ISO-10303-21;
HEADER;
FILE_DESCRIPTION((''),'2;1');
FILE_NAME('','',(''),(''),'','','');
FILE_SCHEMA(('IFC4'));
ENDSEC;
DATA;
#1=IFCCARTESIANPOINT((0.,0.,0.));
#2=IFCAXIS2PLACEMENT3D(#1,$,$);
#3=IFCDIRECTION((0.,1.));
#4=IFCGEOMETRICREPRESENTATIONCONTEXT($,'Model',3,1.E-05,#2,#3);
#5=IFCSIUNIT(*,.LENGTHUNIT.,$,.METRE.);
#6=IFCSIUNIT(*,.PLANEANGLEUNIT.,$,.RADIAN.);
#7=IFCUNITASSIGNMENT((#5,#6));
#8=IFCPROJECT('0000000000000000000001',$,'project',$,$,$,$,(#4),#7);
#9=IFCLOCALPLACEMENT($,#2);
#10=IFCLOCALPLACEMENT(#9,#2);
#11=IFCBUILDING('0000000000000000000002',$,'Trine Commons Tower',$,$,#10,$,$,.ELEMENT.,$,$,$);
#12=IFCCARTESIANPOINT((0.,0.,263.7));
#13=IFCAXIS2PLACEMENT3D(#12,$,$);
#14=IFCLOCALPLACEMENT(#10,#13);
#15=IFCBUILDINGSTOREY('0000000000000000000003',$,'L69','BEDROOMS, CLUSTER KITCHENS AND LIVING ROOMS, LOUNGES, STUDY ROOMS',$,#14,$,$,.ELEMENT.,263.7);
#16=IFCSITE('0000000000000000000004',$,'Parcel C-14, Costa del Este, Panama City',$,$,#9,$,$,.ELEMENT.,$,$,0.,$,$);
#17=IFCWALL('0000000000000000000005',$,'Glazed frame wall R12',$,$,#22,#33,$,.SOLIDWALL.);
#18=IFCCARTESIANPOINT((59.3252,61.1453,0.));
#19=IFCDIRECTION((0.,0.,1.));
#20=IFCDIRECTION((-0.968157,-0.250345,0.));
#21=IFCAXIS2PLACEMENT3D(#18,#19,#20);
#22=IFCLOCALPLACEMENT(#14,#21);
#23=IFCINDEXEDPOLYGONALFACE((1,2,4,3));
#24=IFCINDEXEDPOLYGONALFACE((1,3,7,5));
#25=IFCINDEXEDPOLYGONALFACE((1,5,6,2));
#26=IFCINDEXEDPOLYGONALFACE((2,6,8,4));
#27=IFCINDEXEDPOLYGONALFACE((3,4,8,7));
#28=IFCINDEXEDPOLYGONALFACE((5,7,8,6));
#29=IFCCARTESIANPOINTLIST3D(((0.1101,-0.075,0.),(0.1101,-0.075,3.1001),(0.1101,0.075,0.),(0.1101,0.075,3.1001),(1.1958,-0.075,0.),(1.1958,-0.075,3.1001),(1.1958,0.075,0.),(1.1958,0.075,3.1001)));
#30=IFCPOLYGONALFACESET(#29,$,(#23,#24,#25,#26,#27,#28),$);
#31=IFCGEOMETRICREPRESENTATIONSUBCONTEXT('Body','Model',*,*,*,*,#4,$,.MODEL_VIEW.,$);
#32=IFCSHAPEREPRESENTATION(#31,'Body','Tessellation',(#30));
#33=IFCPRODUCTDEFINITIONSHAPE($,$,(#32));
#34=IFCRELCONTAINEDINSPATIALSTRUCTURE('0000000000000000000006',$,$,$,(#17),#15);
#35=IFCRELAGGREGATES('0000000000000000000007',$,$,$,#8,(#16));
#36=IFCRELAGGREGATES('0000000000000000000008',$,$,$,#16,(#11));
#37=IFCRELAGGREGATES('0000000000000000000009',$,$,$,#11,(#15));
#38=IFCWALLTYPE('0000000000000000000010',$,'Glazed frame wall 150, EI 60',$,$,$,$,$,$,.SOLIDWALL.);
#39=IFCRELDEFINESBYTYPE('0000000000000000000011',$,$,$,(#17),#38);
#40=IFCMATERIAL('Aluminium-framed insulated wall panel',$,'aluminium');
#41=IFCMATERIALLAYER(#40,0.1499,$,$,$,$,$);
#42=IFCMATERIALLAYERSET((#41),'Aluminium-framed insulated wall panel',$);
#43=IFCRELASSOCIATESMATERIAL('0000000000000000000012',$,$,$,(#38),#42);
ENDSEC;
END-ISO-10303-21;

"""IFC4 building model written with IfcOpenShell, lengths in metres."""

from ifc_helpers import new_model, si_unit, direction, frame, origin, place, context, subcontext, project, spatial, polyline, outline, extrude, material, layer, layer_set, type_object, element, save


model = new_model("IFC4")

# Units and contexts
model_context = context("Model", 3, precision=1e-05, world=origin(), true_north=direction((0.0, 1.0)))
body_context = subcontext(model_context, "Body", "Model", "MODEL_VIEW")
ifc_project = project(units=[si_unit("LENGTHUNIT", "METRE"), si_unit("PLANEANGLEUNIT", "RADIAN")], contexts=[model_context])

# Site, building, storey
site_placement = place(None, origin())
site = spatial("IfcSite", under=ifc_project, at=site_placement, Name="Parcel C-14, Costa del Este, Panama City", CompositionType="ELEMENT", RefElevation=0.0)
building_placement = place(site_placement, origin())
building = spatial("IfcBuilding", under=site, at=building_placement, Name="Trine Commons Tower", CompositionType="ELEMENT")
storey_placement = place(building_placement, frame((0.0, 0.0, 263.7)))
storey = spatial("IfcBuildingStorey", under=building, at=storey_placement, Name="L69", Description="BEDROOMS, CLUSTER KITCHENS AND LIVING ROOMS, LOUNGES, STUDY ROOMS", CompositionType="ELEMENT", Elevation=263.7)

# Shared definitions
ifc_material_1 = material(Name="Aluminium-framed insulated wall panel", Category="aluminium")
ifc_layer_1 = layer(ifc_material_1, 0.1499)
ifc_layer_set_1 = layer_set([ifc_layer_1], Name="Aluminium-framed insulated wall panel")
wall_type_1 = type_object("IfcWallType", Name="Glazed frame wall 150, EI 60", PredefinedType="SOLIDWALL", material=ifc_layer_set_1)

# Wall
wall_1_placement = place(storey_placement, frame((59.3252, 61.1453, 0.0), z_axis=(0.0, 0.0, 1.0), x_axis=(-0.968157, -0.250345, 0.0)))
element("IfcWall", 1, at=wall_1_placement, inside=storey, type_object=wall_type_1, Name="Glazed frame wall R12", PredefinedType="SOLIDWALL", context=body_context, shape_type="SweptSolid", body=[
    extrude(outline(polyline([(0.1101, 0.075), (0.1101, -0.075), (1.1958, -0.075), (1.1958, 0.075), (0.1101, 0.075)])), origin(), (0.0, 0.0, 1.0), 3.1001),
])

save(model, "model.ifc")
